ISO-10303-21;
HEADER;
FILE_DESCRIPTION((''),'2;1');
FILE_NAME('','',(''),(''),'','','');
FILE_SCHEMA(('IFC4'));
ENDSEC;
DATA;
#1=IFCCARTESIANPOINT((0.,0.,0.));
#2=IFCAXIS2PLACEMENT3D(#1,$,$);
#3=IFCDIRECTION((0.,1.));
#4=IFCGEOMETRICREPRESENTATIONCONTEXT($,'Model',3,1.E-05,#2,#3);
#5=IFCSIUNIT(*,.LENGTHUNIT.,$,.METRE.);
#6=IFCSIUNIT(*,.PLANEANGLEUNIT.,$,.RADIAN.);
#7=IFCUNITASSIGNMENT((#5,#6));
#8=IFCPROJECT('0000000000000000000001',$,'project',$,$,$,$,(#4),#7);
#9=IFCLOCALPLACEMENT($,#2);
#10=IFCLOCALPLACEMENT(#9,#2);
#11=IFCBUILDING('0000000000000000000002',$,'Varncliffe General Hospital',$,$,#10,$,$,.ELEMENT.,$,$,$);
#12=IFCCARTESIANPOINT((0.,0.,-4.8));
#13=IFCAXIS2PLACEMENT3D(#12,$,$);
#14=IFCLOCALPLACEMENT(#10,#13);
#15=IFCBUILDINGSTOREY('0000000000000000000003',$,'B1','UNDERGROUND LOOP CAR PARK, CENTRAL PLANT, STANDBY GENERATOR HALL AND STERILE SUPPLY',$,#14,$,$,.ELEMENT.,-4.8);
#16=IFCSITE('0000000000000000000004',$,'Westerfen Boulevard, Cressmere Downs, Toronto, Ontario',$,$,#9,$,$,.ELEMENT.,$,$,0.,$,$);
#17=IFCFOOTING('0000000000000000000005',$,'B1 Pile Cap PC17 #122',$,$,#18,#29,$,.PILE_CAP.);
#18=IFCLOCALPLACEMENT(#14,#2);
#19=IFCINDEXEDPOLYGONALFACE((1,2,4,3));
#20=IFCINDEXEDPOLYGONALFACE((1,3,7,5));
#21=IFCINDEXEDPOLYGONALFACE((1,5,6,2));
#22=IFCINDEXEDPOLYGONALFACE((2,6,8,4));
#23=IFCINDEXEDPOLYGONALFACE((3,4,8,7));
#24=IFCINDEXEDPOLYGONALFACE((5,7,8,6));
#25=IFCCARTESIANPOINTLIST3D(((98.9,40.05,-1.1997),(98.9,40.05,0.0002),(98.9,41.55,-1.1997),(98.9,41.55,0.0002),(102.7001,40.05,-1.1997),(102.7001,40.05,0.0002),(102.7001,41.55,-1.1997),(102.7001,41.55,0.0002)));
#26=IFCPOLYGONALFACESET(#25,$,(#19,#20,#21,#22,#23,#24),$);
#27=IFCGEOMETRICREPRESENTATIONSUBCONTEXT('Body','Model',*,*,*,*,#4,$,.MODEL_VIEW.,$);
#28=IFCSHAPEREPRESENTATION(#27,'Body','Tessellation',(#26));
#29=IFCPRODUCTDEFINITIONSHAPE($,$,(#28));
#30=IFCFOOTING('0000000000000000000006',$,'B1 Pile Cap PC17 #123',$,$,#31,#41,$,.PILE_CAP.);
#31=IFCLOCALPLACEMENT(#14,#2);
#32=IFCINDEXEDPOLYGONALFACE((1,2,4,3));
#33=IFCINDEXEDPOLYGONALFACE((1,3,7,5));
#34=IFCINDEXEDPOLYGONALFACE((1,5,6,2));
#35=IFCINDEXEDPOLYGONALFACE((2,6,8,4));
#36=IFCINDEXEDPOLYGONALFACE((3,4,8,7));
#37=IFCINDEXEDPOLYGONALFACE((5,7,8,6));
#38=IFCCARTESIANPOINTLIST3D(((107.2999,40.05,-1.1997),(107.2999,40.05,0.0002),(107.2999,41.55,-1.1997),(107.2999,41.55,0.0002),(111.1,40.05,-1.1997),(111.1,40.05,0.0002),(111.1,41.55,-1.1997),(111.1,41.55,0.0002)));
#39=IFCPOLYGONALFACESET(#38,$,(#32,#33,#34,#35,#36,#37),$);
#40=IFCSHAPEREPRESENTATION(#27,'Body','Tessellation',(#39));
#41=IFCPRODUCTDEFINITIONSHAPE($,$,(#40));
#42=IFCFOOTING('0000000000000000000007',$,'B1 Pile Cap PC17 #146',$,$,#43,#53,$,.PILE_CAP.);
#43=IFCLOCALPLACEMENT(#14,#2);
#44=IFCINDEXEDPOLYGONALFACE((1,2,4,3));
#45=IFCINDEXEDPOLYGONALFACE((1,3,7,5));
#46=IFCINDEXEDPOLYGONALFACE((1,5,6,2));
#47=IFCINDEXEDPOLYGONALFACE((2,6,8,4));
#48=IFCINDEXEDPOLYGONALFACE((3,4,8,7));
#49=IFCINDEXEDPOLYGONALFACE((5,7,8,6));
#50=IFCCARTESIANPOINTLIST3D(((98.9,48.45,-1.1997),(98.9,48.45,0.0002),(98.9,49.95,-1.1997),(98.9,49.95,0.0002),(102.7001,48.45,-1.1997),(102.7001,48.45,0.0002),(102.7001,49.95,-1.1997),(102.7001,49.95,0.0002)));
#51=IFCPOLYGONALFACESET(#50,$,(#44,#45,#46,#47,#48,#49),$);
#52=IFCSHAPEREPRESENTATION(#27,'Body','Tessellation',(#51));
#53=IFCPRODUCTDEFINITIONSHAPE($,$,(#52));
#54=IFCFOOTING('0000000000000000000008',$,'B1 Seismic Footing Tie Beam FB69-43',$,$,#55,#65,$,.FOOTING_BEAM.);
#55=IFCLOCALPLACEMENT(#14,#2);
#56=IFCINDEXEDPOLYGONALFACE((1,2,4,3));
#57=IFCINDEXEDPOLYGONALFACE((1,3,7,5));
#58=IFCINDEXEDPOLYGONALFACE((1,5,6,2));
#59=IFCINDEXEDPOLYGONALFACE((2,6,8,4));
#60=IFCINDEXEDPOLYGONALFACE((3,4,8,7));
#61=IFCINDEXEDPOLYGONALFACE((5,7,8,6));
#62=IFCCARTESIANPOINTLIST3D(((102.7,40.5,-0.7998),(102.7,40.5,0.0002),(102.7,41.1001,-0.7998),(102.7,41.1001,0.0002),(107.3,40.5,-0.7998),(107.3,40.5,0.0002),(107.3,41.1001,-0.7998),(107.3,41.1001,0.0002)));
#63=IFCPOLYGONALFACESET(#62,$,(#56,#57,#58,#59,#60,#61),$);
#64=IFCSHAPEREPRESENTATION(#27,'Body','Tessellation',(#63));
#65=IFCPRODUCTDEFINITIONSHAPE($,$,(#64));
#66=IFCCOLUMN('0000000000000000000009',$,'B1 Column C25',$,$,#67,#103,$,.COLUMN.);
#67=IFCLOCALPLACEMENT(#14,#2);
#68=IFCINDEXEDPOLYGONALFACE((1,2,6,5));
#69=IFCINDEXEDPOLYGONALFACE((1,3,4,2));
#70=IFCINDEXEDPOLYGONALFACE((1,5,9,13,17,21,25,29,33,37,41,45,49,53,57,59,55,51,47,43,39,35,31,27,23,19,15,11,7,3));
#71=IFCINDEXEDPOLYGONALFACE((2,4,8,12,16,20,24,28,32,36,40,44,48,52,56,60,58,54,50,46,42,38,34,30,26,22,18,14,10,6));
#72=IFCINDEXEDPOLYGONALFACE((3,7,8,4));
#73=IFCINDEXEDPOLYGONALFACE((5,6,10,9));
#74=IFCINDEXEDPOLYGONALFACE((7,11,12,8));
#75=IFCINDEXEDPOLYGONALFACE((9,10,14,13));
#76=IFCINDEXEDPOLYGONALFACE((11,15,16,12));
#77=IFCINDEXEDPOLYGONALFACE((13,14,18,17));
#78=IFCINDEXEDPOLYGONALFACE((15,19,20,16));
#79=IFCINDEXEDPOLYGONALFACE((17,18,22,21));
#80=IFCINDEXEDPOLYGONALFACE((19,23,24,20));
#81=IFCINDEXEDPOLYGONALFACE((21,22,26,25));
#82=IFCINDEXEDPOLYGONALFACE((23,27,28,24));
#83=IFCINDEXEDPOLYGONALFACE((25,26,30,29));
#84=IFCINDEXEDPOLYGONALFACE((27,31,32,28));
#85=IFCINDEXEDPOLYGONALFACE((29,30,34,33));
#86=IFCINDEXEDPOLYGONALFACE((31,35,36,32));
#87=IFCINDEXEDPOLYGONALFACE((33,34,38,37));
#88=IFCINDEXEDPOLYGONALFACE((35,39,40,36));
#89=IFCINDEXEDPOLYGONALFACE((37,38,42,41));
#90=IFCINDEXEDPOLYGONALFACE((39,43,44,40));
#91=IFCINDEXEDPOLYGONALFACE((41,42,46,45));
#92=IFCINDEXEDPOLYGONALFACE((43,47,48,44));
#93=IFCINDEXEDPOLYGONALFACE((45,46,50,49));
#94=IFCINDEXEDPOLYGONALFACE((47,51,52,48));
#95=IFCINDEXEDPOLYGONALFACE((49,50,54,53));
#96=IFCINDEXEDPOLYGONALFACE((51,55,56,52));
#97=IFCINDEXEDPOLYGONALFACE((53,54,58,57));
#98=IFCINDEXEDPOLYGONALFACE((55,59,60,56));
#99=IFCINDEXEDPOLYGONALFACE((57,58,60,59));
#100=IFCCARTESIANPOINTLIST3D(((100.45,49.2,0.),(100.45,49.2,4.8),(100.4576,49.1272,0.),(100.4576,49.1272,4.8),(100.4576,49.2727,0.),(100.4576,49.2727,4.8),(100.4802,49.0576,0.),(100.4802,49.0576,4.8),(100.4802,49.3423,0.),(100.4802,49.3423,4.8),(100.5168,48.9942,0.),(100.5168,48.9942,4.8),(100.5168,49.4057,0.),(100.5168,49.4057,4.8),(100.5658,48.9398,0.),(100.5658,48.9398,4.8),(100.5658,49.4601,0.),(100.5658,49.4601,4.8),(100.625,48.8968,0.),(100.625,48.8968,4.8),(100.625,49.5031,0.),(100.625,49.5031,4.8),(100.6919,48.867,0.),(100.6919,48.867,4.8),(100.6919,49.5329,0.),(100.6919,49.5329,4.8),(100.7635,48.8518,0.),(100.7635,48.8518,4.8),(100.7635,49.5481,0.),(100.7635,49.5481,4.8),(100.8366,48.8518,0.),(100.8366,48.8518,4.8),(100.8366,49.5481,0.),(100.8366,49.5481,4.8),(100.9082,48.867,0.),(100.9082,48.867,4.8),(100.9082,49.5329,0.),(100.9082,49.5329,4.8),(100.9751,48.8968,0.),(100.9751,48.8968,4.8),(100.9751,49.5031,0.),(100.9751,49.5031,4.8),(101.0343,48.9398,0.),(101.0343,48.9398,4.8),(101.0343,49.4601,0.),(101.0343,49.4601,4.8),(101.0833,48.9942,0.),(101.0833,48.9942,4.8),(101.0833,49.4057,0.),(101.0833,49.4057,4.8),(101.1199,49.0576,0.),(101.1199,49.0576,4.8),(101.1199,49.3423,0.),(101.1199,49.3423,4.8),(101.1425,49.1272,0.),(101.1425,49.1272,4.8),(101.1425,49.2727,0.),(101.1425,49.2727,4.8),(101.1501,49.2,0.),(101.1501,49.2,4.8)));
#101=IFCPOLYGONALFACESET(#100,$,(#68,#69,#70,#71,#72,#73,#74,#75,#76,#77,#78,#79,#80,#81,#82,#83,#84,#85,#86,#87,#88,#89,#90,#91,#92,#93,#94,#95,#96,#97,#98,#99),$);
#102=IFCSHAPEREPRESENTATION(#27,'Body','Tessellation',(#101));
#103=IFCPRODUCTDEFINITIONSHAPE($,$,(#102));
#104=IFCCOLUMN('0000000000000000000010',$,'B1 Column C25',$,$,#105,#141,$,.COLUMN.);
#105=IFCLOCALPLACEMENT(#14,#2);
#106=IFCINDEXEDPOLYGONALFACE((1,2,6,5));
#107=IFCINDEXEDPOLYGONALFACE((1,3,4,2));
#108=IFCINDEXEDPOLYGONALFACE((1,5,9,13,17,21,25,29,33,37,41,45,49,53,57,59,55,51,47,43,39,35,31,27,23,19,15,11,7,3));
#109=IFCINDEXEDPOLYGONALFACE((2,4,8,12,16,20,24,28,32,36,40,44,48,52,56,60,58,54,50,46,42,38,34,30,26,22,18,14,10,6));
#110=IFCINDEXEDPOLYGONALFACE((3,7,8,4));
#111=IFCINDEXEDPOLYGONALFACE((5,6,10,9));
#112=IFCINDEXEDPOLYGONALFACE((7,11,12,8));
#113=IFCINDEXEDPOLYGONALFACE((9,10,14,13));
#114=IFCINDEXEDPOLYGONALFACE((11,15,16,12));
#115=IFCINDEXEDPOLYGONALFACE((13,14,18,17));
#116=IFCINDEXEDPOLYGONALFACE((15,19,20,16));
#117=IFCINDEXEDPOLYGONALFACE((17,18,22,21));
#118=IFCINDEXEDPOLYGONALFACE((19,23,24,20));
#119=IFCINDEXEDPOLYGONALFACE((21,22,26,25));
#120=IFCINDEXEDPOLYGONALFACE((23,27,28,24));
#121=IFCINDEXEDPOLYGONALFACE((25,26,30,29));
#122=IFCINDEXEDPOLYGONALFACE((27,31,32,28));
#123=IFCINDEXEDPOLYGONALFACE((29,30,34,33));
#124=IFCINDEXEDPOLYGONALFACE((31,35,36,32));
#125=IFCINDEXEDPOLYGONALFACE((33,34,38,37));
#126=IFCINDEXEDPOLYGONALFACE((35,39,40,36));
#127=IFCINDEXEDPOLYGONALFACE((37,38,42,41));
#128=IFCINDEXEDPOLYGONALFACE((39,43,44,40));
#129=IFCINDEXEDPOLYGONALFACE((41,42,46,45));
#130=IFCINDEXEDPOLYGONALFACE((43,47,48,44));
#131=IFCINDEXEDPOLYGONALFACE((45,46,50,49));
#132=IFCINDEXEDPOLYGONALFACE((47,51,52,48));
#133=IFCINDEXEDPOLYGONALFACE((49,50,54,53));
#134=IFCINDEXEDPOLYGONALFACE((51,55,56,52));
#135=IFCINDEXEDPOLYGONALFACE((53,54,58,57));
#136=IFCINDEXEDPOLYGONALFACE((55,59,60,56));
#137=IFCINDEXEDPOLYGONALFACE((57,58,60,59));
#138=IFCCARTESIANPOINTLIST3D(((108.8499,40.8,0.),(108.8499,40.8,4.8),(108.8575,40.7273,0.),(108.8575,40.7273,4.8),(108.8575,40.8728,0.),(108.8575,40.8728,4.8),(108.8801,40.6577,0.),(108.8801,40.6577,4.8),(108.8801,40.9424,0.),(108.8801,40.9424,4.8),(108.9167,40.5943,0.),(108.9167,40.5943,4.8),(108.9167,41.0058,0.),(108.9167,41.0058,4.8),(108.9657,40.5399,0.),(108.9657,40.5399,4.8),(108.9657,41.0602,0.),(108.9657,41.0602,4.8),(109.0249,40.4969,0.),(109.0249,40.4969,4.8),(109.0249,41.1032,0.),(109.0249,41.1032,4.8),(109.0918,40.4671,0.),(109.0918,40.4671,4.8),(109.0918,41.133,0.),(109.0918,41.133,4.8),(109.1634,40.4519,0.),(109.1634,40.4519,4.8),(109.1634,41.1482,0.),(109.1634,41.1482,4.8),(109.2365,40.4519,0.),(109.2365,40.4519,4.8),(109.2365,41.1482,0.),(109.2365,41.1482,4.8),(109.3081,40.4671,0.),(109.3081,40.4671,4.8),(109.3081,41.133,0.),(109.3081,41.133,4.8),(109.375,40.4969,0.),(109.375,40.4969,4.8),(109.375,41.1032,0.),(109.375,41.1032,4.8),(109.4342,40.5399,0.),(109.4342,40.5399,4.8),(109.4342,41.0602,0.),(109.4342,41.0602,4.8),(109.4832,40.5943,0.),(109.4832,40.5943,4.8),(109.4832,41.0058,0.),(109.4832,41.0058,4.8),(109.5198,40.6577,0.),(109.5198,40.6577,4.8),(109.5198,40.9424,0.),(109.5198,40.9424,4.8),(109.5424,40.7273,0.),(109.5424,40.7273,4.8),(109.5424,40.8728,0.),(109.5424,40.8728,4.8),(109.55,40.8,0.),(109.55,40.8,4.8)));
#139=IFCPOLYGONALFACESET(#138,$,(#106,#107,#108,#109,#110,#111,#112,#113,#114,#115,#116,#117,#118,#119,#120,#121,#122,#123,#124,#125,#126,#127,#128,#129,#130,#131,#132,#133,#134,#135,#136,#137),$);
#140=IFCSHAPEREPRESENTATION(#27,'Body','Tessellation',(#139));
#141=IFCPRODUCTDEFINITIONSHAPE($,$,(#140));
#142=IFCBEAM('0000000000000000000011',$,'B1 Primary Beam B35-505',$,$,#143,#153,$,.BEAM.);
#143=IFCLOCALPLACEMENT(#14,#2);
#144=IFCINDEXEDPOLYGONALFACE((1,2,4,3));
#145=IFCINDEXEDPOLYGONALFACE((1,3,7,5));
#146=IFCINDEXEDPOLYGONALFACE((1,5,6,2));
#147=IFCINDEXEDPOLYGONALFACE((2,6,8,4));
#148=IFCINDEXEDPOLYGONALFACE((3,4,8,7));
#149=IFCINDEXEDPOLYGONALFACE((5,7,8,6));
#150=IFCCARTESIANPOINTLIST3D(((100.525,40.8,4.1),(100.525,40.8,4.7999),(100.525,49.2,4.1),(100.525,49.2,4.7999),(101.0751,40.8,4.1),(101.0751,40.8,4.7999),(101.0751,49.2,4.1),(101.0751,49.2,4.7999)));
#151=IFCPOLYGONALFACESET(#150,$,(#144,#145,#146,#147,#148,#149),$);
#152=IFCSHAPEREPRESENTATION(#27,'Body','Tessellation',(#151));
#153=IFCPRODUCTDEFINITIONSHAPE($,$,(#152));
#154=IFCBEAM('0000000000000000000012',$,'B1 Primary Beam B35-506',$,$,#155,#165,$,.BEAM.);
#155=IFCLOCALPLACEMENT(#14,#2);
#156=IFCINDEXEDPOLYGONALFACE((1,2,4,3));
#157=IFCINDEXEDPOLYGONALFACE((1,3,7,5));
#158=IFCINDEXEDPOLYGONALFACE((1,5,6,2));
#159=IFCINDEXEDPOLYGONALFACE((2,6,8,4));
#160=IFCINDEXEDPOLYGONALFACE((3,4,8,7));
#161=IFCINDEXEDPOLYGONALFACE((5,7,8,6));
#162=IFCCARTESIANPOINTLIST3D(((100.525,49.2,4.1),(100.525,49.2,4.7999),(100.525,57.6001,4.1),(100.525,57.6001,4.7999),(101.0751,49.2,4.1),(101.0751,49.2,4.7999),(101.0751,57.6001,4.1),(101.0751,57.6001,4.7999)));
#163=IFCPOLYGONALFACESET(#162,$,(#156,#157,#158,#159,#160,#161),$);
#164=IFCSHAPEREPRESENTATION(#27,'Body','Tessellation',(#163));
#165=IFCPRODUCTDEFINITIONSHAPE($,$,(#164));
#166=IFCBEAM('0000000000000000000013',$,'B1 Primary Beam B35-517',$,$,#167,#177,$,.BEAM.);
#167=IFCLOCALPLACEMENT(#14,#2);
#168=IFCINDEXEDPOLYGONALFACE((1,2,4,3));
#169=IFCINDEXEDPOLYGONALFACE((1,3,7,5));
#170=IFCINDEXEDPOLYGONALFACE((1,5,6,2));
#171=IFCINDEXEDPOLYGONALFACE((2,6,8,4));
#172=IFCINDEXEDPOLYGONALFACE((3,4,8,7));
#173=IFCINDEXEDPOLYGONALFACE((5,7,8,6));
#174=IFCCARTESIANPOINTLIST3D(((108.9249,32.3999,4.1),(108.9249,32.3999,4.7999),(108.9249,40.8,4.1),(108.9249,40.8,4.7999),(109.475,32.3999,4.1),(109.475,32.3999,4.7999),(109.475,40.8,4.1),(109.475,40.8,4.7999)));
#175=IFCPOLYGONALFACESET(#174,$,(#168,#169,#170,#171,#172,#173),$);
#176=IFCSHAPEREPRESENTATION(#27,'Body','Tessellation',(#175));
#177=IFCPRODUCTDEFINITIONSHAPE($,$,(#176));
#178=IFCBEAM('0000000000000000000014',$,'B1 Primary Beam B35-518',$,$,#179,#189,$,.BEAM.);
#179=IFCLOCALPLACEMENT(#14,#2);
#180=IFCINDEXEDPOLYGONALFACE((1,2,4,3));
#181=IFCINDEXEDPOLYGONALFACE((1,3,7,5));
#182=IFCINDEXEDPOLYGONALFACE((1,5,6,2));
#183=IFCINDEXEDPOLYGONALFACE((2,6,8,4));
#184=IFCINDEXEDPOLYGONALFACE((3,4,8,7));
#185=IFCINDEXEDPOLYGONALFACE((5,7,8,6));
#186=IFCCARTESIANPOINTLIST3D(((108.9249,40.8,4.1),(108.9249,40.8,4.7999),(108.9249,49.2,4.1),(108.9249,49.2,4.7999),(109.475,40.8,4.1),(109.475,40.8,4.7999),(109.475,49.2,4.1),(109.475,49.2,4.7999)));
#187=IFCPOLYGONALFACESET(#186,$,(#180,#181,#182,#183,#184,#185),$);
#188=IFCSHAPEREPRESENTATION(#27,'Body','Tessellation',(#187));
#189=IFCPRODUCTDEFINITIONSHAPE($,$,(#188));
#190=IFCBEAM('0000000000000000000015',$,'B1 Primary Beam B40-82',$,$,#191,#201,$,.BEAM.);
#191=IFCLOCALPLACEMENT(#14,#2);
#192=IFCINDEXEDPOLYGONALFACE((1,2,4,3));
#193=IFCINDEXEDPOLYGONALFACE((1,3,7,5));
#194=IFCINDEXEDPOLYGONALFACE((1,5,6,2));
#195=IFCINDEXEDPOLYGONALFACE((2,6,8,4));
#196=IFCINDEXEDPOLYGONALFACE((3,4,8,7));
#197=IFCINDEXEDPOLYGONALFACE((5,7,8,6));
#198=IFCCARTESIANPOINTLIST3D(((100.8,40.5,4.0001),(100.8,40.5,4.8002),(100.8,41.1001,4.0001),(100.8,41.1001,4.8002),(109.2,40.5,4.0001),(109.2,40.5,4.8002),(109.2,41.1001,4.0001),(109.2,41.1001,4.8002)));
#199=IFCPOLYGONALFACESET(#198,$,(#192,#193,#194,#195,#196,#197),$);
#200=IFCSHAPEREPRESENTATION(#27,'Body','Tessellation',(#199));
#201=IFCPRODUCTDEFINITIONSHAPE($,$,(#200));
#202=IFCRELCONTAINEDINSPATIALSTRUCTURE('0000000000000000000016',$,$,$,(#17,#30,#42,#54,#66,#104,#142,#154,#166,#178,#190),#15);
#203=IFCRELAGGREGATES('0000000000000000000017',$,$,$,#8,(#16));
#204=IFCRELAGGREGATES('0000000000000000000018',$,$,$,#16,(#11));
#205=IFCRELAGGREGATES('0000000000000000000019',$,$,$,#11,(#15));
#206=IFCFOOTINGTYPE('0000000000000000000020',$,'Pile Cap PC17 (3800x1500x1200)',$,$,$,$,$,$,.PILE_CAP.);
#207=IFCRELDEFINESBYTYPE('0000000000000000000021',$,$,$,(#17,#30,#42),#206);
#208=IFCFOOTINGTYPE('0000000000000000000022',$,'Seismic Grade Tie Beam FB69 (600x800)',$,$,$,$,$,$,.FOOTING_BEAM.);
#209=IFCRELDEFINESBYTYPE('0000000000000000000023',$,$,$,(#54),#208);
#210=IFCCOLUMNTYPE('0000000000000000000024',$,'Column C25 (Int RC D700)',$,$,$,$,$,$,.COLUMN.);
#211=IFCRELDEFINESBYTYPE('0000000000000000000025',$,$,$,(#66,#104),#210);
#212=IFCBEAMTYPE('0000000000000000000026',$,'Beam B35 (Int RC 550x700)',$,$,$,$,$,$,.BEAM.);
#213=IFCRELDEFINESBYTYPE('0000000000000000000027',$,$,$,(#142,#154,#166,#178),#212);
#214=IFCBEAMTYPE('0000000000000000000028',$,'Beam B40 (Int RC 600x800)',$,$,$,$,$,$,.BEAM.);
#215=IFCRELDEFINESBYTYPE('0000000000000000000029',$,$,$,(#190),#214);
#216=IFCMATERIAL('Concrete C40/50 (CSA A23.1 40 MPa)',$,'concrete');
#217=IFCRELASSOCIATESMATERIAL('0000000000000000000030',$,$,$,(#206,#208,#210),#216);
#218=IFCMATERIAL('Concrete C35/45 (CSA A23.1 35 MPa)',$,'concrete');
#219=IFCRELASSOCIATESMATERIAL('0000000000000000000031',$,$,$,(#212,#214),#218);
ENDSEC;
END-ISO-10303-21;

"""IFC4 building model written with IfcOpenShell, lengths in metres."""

from ifc_helpers import new_model, si_unit, direction, frame, origin, origin_2d, place, context, subcontext, project, spatial, rectangle, circle, extrude, material, material_profile, profile_set, type_object, element, save


model = new_model("IFC4")

# Units and contexts
model_context = context("Model", 3, precision=1e-05, world=origin(), true_north=direction((0.0, 1.0)))
body_context = subcontext(model_context, "Body", "Model", "MODEL_VIEW")
ifc_project = project(units=[si_unit("LENGTHUNIT", "METRE"), si_unit("PLANEANGLEUNIT", "RADIAN")], contexts=[model_context])

# Site, building, storey
site_placement = place(None, origin())
site = spatial("IfcSite", under=ifc_project, at=site_placement, Name="Westerfen Boulevard, Cressmere Downs, Toronto, Ontario", CompositionType="ELEMENT", RefElevation=0.0)
building_placement = place(site_placement, origin())
building = spatial("IfcBuilding", under=site, at=building_placement, Name="Varncliffe General Hospital", CompositionType="ELEMENT")
storey_placement = place(building_placement, frame((0.0, 0.0, -4.8)))
storey = spatial("IfcBuildingStorey", under=building, at=storey_placement, Name="B1", Description="UNDERGROUND LOOP CAR PARK, CENTRAL PLANT, STANDBY GENERATOR HALL AND STERILE SUPPLY", CompositionType="ELEMENT", Elevation=-4.8)

# Shared definitions
ifc_material_1 = material(Name="Concrete C40/50 (CSA A23.1 40 MPa)", Category="concrete")

# Footings
footing_type_1 = type_object("IfcFootingType", Name="Pile Cap PC17 (3800x1500x1200)", PredefinedType="PILE_CAP", material=ifc_material_1)
for number, where, z_axis, x_axis, name in (
    (1, (100.8, 40.8, -1.1997), (0.0, 0.0, 1.0), (1.0, 0.0, 0.0), "B1 Pile Cap PC17 #122"),
    (2, (109.2, 40.8, -1.1997), (0.0, 0.0, 1.0), (1.0, 0.0, 0.0), "B1 Pile Cap PC17 #123"),
    (3, (100.8, 49.2, -1.1997), (0.0, 0.0, 1.0), (1.0, 0.0, 0.0), "B1 Pile Cap PC17 #146"),
):
    element("IfcFooting", number, at=place(storey_placement, frame(where, z_axis=z_axis, x_axis=x_axis)), inside=storey, type_object=footing_type_1, Name=name, PredefinedType="PILE_CAP", context=body_context, shape_type="SweptSolid", body=[
        extrude(rectangle(XDim=3.8, YDim=1.5, at=origin_2d()), origin(), (0.0, 0.0, 1.0), 1.2),
    ])
footing_type_2 = type_object("IfcFootingType", Name="Seismic Grade Tie Beam FB69 (600x800)", PredefinedType="FOOTING_BEAM", material=ifc_material_1)
footing_placement = place(storey_placement, frame((105.0, 40.8, -0.7998), z_axis=(0.0, 0.0, 1.0), x_axis=(1.0, 0.0, 0.0)))
element("IfcFooting", 4, at=footing_placement, inside=storey, type_object=footing_type_2, Name="B1 Seismic Footing Tie Beam FB69-43", PredefinedType="FOOTING_BEAM", context=body_context, shape_type="SweptSolid", body=[
    extrude(rectangle(XDim=4.6001, YDim=0.6001, at=origin_2d()), origin(), (0.0, 0.0, 1.0), 0.8),
])

# Columns
ifc_material_profile_1 = material_profile(ifc_material_1, circle(Radius=0.3501, at=origin_2d()), Name="RC D700")
ifc_profile_set_1 = profile_set([ifc_material_profile_1], Name="Concrete C40/50 (CSA A23.1 40 MPa)")
column_type = type_object("IfcColumnType", Name="Column C25 (Int RC D700)", PredefinedType="COLUMN", material=ifc_profile_set_1)
for number, where, z_axis, x_axis, name in (
    (5, (100.8, 49.2, 0.0), (0.0, 0.0, 1.0), (1.0, 0.0, 0.0), "B1 Column C25"),
    (6, (109.2, 40.8, 0.0), (0.0, 0.0, 1.0), (1.0, 0.0, 0.0), "B1 Column C25"),
):
    element("IfcColumn", number, at=place(storey_placement, frame(where, z_axis=z_axis, x_axis=x_axis)), inside=storey, type_object=column_type, Name=name, PredefinedType="COLUMN", context=body_context, shape_type="SweptSolid", body=[
        extrude(circle(Radius=0.3501, at=origin_2d()), origin(), (0.0, 0.0, 1.0), 4.8),
    ])

# Beams
ifc_material_2 = material(Name="Concrete C35/45 (CSA A23.1 35 MPa)", Category="concrete")
ifc_material_profile_2 = material_profile(ifc_material_2, rectangle(XDim=0.55, YDim=0.7, at=origin_2d()), Name="RC 550x700")
ifc_profile_set_2 = profile_set([ifc_material_profile_2], Name="Concrete C35/45 (CSA A23.1 35 MPa)")
beam_type_1 = type_object("IfcBeamType", Name="Beam B35 (Int RC 550x700)", PredefinedType="BEAM", material=ifc_profile_set_2)
beam_1_placement = place(storey_placement, frame((100.8, 40.8, 4.45), z_axis=(0.0, 1.0, 0.0), x_axis=(-1.0, 0.0, 0.0)))
element("IfcBeam", 7, at=beam_1_placement, inside=storey, type_object=beam_type_1, Name="B1 Primary Beam B35-505", PredefinedType="BEAM", context=body_context, shape_type="SweptSolid", body=[
    extrude(rectangle(XDim=0.55, YDim=0.7, at=origin_2d()), origin(), (0.0, 0.0, 1.0), 8.3999),
])
for number, where, z_axis, x_axis, name in (
    (8, (100.8, 49.2, 4.45), (0.0, 1.0, 0.0), (-1.0, 0.0, 0.0), "B1 Primary Beam B35-506"),
    (9, (109.2, 32.3999, 4.45), (0.0, 1.0, 0.0), (-1.0, 0.0, 0.0), "B1 Primary Beam B35-517"),
):
    element("IfcBeam", number, at=place(storey_placement, frame(where, z_axis=z_axis, x_axis=x_axis)), inside=storey, type_object=beam_type_1, Name=name, PredefinedType="BEAM", context=body_context, shape_type="SweptSolid", body=[
        extrude(rectangle(XDim=0.55, YDim=0.7, at=origin_2d()), origin(), (0.0, 0.0, 1.0), 8.4001),
    ])
beam_2_placement = place(storey_placement, frame((109.2, 40.8, 4.45), z_axis=(0.0, 1.0, 0.0), x_axis=(-1.0, 0.0, 0.0)))
element("IfcBeam", 10, at=beam_2_placement, inside=storey, type_object=beam_type_1, Name="B1 Primary Beam B35-518", PredefinedType="BEAM", context=body_context, shape_type="SweptSolid", body=[
    extrude(rectangle(XDim=0.55, YDim=0.7, at=origin_2d()), origin(), (0.0, 0.0, 1.0), 8.3999),
])
ifc_material_profile_3 = material_profile(ifc_material_2, rectangle(XDim=0.6001, YDim=0.8, at=origin_2d()), Name="RC 600x800")
ifc_profile_set_3 = profile_set([ifc_material_profile_3], Name="Concrete C35/45 (CSA A23.1 35 MPa)")
beam_type_2 = type_object("IfcBeamType", Name="Beam B40 (Int RC 600x800)", PredefinedType="BEAM", material=ifc_profile_set_3)
beam_3_placement = place(storey_placement, frame((100.8, 40.8, 4.4001), z_axis=(1.0, 0.0, 0.0), x_axis=(0.0, 1.0, 0.0)))
element("IfcBeam", 11, at=beam_3_placement, inside=storey, type_object=beam_type_2, Name="B1 Primary Beam B40-82", PredefinedType="BEAM", context=body_context, shape_type="SweptSolid", body=[
    extrude(rectangle(XDim=0.6001, YDim=0.8, at=origin_2d()), origin(), (0.0, 0.0, 1.0), 8.3999),
])

save(model, "model.ifc")
